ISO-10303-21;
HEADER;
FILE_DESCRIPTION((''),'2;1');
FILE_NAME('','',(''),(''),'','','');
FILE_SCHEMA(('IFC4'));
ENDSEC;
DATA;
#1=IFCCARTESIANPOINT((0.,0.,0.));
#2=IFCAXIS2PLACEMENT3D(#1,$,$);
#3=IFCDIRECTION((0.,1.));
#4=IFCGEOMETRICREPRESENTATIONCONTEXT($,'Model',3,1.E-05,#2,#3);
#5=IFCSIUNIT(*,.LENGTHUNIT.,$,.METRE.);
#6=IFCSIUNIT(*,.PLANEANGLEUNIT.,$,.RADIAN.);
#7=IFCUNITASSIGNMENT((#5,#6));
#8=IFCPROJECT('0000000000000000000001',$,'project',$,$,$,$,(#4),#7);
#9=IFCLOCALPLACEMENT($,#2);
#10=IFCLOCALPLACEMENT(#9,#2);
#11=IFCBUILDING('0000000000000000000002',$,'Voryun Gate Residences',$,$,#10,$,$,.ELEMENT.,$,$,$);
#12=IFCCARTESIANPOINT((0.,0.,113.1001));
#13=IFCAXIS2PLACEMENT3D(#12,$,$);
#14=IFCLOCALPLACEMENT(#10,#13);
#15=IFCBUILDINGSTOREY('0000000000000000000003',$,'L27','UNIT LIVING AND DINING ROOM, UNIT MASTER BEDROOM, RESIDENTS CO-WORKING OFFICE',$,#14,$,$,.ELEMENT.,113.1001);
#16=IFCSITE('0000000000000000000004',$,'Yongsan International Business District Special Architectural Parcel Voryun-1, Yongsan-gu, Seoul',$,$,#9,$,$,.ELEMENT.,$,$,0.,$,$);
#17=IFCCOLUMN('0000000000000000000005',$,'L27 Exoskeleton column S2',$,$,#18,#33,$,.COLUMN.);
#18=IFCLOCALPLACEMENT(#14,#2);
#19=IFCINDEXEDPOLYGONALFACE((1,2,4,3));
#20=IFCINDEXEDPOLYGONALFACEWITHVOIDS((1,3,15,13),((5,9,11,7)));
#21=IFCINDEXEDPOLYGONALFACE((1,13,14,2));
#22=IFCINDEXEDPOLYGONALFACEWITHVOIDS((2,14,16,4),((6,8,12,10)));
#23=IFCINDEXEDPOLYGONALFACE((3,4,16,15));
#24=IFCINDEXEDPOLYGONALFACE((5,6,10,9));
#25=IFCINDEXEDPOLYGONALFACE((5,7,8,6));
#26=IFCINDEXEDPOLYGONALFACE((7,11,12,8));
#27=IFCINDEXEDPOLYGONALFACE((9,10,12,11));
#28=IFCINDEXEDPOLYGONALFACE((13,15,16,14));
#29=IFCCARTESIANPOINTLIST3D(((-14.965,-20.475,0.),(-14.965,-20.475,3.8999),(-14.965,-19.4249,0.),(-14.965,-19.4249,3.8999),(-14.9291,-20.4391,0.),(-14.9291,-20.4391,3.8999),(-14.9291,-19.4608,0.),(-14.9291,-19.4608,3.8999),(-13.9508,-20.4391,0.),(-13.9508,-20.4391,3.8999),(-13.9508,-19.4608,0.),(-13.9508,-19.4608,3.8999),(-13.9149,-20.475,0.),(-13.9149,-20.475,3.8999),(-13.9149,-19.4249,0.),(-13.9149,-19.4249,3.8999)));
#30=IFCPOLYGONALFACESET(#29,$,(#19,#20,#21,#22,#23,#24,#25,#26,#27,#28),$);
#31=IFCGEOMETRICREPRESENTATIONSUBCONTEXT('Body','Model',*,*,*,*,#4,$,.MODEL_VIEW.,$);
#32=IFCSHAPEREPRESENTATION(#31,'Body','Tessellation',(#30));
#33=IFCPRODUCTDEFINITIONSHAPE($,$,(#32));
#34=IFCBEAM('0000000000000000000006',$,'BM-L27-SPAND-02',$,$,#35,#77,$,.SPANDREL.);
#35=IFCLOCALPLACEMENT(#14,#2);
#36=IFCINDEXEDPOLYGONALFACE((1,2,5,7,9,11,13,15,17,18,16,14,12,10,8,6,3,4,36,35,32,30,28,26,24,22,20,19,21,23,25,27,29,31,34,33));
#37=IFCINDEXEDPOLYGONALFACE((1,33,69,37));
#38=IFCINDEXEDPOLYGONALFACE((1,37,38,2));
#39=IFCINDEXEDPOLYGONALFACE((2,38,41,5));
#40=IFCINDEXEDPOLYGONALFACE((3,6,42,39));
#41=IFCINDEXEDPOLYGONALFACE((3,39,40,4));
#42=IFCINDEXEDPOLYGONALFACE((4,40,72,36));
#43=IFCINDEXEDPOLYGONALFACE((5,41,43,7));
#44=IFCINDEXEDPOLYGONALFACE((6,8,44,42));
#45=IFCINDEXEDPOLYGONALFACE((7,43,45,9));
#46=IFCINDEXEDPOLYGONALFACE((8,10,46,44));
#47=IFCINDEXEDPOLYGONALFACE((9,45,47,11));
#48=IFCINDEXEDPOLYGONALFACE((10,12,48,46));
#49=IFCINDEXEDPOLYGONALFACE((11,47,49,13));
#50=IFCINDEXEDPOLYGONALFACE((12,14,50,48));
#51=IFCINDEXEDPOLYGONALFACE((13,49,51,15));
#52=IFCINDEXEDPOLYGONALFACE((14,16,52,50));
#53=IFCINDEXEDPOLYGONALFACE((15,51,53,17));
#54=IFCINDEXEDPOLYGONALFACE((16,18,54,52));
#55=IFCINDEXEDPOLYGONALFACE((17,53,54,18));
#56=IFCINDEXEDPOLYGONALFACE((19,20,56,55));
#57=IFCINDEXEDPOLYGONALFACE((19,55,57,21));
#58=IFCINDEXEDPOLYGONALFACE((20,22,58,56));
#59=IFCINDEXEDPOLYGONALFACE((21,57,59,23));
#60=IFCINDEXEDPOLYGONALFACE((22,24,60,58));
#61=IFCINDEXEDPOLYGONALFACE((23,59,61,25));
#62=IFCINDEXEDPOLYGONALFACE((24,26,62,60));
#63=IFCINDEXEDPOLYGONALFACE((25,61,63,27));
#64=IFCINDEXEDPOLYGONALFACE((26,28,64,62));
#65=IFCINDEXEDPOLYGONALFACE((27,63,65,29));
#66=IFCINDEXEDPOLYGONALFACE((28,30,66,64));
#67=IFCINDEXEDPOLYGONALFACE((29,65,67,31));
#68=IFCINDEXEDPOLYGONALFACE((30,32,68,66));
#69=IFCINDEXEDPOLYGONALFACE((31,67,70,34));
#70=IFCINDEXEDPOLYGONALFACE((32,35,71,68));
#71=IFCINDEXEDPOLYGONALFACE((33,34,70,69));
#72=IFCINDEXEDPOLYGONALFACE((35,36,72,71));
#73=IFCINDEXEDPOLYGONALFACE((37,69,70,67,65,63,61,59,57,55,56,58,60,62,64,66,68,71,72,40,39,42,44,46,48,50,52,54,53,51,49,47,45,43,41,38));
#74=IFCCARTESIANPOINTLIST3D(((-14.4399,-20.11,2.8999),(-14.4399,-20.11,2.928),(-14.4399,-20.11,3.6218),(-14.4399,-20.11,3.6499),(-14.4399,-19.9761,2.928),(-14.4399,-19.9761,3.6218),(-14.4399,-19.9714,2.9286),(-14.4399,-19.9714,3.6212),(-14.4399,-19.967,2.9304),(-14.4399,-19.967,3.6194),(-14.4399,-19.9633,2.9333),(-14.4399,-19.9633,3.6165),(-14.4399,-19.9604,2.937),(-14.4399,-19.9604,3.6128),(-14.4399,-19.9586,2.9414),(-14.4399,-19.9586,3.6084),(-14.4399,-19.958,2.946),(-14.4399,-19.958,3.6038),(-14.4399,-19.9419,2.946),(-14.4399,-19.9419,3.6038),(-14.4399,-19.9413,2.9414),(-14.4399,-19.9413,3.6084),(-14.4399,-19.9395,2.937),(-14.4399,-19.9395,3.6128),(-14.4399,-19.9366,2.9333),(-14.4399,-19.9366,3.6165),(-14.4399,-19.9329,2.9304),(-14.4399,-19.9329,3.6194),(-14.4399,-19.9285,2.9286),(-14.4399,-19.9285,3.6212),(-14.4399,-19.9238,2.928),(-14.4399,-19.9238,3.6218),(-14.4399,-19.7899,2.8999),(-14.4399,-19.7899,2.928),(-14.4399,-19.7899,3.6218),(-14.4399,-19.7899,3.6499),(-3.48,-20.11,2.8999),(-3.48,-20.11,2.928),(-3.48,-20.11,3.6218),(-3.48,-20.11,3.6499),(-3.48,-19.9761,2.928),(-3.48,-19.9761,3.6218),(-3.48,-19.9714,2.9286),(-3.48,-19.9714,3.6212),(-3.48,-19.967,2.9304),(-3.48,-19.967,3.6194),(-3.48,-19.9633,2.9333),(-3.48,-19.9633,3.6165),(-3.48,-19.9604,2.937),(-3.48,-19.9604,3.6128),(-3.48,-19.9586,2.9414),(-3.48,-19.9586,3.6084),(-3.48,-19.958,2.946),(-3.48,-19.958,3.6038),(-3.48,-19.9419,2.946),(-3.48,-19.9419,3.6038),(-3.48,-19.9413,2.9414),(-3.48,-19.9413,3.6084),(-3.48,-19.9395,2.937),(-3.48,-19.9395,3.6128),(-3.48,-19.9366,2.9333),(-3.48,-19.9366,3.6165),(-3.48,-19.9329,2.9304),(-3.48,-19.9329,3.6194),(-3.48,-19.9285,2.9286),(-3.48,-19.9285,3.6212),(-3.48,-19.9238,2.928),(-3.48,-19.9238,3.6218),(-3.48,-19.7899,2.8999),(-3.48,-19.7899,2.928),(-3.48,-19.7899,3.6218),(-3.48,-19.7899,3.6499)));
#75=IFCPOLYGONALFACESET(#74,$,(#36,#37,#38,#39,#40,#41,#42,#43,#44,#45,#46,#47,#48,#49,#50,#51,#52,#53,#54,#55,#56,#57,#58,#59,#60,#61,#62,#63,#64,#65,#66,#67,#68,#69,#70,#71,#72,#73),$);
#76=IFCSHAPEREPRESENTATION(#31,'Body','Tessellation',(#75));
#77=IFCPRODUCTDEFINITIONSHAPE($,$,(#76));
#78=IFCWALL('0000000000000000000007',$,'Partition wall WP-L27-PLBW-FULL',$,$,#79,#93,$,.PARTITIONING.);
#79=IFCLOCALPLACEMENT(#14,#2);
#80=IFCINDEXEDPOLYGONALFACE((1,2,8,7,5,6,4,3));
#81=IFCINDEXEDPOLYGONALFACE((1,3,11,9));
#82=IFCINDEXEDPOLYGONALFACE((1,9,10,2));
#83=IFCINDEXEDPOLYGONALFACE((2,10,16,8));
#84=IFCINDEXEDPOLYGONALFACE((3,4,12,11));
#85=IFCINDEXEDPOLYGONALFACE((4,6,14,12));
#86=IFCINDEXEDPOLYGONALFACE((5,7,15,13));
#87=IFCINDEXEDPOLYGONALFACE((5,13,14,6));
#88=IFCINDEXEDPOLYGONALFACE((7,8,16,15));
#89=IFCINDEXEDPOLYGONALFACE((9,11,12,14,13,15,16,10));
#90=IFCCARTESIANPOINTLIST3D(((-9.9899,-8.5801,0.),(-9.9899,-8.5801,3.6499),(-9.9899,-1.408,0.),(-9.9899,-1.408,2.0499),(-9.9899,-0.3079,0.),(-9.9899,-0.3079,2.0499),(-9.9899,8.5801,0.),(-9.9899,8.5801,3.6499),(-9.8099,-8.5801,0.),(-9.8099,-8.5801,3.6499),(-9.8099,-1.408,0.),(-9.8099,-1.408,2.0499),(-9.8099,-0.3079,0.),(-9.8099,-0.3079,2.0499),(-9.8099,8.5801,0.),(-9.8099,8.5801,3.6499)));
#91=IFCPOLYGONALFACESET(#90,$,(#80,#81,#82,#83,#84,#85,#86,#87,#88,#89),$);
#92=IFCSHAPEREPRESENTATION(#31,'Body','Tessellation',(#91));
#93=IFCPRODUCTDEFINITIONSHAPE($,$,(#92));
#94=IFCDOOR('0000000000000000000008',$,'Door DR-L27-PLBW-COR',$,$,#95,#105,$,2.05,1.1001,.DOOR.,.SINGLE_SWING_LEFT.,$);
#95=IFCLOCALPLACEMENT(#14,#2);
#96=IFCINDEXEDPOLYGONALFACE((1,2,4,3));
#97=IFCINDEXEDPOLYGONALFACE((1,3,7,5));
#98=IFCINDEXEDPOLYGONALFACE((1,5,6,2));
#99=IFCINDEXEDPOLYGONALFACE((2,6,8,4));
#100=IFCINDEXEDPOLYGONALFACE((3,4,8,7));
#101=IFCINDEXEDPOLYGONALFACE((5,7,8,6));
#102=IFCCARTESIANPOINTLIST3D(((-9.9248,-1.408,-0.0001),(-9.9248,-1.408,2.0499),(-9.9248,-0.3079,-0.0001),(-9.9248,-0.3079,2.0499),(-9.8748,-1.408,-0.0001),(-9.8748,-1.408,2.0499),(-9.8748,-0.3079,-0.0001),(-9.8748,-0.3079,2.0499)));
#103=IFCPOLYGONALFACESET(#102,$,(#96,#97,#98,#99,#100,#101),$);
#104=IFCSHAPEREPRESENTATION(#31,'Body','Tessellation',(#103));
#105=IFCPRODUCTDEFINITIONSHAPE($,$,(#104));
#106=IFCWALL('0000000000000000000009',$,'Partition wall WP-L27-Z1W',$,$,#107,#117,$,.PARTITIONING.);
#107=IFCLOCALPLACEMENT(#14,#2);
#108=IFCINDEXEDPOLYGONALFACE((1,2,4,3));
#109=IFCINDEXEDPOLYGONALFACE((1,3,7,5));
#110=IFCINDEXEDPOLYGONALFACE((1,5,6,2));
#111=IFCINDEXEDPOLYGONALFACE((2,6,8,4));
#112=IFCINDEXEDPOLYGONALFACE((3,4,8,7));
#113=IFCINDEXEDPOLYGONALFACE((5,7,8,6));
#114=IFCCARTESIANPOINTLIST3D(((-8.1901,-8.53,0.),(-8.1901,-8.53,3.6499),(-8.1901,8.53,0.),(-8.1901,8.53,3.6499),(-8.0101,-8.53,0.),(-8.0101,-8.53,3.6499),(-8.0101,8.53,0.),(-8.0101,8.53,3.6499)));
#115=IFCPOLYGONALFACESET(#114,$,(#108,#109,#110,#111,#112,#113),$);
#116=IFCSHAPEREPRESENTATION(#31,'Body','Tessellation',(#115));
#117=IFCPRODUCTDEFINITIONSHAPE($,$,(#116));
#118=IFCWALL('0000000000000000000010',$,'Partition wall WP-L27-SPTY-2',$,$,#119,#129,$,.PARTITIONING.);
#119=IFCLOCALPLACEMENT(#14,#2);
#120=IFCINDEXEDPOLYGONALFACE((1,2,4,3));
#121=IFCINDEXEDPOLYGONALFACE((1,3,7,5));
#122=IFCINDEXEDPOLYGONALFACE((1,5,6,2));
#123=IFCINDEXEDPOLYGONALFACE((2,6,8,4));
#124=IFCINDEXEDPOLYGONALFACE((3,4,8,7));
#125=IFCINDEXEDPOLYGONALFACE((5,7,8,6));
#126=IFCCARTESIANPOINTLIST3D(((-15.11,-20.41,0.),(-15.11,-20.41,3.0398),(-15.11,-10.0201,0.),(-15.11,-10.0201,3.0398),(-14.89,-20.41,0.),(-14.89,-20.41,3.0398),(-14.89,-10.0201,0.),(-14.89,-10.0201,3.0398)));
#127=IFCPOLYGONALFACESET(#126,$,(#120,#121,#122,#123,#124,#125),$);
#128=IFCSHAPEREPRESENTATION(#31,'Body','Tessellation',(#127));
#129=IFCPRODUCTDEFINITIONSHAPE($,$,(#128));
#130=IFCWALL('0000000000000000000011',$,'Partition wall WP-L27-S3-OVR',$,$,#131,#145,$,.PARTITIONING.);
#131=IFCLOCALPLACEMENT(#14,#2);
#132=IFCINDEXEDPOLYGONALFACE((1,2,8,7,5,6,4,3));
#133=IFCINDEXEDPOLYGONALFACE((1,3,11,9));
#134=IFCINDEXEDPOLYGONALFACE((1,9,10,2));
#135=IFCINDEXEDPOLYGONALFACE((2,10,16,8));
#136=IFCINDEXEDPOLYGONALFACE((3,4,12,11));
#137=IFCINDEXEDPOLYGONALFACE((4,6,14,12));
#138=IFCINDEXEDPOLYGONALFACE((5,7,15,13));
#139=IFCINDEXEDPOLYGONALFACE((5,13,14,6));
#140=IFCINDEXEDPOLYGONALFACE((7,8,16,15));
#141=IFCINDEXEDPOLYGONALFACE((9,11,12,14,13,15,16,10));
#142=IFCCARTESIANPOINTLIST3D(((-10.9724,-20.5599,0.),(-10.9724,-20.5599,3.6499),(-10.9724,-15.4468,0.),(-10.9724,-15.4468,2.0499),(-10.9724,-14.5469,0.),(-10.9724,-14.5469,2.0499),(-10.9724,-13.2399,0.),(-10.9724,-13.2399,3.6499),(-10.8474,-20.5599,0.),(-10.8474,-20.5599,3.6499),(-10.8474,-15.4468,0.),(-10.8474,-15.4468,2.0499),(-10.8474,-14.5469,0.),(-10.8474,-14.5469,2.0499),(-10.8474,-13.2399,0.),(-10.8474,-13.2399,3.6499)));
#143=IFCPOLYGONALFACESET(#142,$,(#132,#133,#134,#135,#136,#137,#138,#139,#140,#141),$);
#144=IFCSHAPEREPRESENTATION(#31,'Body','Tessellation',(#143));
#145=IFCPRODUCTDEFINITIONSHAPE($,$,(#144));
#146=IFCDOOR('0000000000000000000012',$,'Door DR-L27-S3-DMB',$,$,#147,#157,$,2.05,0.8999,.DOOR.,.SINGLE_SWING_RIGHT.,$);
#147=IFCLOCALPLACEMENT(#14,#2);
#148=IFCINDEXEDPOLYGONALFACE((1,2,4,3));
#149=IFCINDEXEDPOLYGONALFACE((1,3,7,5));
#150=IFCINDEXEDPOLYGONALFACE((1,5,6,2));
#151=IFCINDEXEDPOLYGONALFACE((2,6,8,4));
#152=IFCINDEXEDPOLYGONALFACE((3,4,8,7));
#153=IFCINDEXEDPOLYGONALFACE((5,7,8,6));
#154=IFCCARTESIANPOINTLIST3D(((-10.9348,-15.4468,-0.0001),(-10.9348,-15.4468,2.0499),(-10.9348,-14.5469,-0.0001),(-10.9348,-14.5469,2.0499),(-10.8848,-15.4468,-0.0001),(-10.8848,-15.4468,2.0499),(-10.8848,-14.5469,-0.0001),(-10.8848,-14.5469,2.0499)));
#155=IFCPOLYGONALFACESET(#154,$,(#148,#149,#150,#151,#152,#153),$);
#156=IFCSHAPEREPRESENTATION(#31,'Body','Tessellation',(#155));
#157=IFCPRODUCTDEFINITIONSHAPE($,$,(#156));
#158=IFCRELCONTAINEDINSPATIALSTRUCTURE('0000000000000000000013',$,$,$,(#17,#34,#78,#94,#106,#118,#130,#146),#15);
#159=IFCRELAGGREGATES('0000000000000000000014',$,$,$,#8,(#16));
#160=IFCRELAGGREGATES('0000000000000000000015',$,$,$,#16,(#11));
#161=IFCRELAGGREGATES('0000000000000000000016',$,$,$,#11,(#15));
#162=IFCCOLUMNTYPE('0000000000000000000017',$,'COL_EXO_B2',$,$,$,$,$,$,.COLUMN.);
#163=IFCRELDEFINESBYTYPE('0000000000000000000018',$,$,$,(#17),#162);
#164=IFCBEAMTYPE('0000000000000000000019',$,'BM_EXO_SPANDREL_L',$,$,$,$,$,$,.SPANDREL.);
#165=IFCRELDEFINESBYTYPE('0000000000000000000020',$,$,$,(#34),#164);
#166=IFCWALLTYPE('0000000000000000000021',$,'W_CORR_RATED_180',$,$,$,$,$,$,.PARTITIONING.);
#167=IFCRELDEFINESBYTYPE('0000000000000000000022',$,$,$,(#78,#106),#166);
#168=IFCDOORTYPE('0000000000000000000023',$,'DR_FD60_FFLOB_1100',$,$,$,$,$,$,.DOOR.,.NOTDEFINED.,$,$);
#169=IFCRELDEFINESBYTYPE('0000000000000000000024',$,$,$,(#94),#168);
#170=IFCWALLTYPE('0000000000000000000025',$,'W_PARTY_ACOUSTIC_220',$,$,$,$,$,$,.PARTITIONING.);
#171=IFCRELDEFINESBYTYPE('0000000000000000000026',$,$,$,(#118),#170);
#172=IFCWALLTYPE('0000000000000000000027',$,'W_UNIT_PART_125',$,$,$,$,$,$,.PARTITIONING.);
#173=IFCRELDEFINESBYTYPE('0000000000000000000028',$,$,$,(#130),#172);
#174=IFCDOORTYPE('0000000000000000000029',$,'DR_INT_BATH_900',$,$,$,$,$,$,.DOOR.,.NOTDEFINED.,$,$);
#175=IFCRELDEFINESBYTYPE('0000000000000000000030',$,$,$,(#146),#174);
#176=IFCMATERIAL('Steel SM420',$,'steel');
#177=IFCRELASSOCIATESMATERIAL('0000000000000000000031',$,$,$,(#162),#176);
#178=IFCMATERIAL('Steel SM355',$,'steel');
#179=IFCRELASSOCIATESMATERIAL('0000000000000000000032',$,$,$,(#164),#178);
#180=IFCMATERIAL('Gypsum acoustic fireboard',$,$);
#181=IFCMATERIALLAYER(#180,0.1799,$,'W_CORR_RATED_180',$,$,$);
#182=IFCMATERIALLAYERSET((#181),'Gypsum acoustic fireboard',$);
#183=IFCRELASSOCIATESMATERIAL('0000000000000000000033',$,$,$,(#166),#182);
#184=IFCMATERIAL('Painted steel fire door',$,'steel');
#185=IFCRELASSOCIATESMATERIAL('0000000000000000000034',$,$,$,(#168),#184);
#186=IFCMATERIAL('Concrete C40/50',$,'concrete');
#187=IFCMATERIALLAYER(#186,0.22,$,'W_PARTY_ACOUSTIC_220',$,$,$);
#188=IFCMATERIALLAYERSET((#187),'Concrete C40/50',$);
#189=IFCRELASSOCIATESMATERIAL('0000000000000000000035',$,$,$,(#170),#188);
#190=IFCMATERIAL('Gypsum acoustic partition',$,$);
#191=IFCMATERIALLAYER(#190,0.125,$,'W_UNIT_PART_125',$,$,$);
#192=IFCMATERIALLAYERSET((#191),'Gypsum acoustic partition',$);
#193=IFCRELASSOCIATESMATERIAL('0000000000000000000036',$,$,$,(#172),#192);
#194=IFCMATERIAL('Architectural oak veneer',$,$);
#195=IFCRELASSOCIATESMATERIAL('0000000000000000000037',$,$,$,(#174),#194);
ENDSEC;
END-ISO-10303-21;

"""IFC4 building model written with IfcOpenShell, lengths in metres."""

from ifc_helpers import new_model, si_unit, direction, frame, frame_2d, origin, origin_2d, place, context, subcontext, project, spatial, rectangle, hollow_rectangle, i_section, extrude, material, layer, layer_set, material_profile, profile_set, type_object, element, fill, save


model = new_model("IFC4")

# Units and contexts
model_context = context("Model", 3, precision=1e-05, world=origin(), true_north=direction((0.0, 1.0)))
body_context = subcontext(model_context, "Body", "Model", "MODEL_VIEW")
ifc_project = project(units=[si_unit("LENGTHUNIT", "METRE"), si_unit("PLANEANGLEUNIT", "RADIAN")], contexts=[model_context])

# Site, building, storey
site_placement = place(None, origin())
site = spatial("IfcSite", under=ifc_project, at=site_placement, Name="Yongsan International Business District Special Architectural Parcel Voryun-1, Yongsan-gu, Seoul", CompositionType="ELEMENT", RefElevation=0.0)
building_placement = place(site_placement, origin())
building = spatial("IfcBuilding", under=site, at=building_placement, Name="Voryun Gate Residences", CompositionType="ELEMENT")
storey_placement = place(building_placement, frame((0.0, 0.0, 113.1001)))
storey = spatial("IfcBuildingStorey", under=building, at=storey_placement, Name="L27", Description="UNIT LIVING AND DINING ROOM, UNIT MASTER BEDROOM, RESIDENTS CO-WORKING OFFICE", CompositionType="ELEMENT", Elevation=113.1001)

# Column
ifc_material_1 = material(Name="Steel SM420", Category="steel")
ifc_material_profile_1 = material_profile(ifc_material_1, hollow_rectangle(XDim=1.05, YDim=1.05, WallThickness=0.0359, at=origin_2d()), Name="BOX-1050x1050x36")
ifc_profile_set_1 = profile_set([ifc_material_profile_1], Name="Steel SM420")
column_type = type_object("IfcColumnType", Name="COL_EXO_B2", PredefinedType="COLUMN", material=ifc_profile_set_1)
column_placement = place(storey_placement, frame((-14.4399, -19.95, 0.0), z_axis=(0.0, 0.0, 1.0), x_axis=(1.0, 0.0, 0.0)))
element("IfcColumn", 1, at=column_placement, inside=storey, type_object=column_type, Name="L27 Exoskeleton column S2", PredefinedType="COLUMN", context=body_context, shape_type="SweptSolid", body=[
    extrude(hollow_rectangle(XDim=1.05, YDim=1.05, WallThickness=0.0359, at=origin_2d()), origin(), (0.0, 0.0, 1.0), 3.8999),
])

# Beam
ifc_material_2 = material(Name="Steel SM355", Category="steel")
ifc_material_profile_2 = material_profile(ifc_material_2, i_section(OverallWidth=0.3201, OverallDepth=0.75, WebThickness=0.0161, FlangeThickness=0.0281, FilletRadius=0.0181, at=origin_2d()), Name="H-750x320x16x28")
ifc_profile_set_2 = profile_set([ifc_material_profile_2], Name="Steel SM355")
beam_type = type_object("IfcBeamType", Name="BM_EXO_SPANDREL_L", PredefinedType="SPANDREL", material=ifc_profile_set_2)
beam_placement = place(storey_placement, frame((-14.4399, -19.95, 3.2749), z_axis=(1.0, 0.0, 0.0), x_axis=(0.0, 1.0, 0.0)))
element("IfcBeam", 2, at=beam_placement, inside=storey, type_object=beam_type, Name="BM-L27-SPAND-02", PredefinedType="SPANDREL", context=body_context, shape_type="SweptSolid", body=[
    extrude(i_section(OverallWidth=0.3201, OverallDepth=0.75, WebThickness=0.0161, FlangeThickness=0.0281, FilletRadius=0.0181, at=origin_2d()), origin(), (0.0, 0.0, 1.0), 10.96),
])

# Wall, opening, door
ifc_material_3 = material(Name="Gypsum acoustic fireboard")
ifc_layer_1 = layer(ifc_material_3, 0.1799, Name="W_CORR_RATED_180")
ifc_layer_set_1 = layer_set([ifc_layer_1], Name="Gypsum acoustic fireboard")
wall_type_1 = type_object("IfcWallType", Name="W_CORR_RATED_180", PredefinedType="PARTITIONING", material=ifc_layer_set_1)
wall_1_placement = place(storey_placement, frame((-9.8999, -8.5801, 0.0), z_axis=(0.0, 0.0, 1.0), x_axis=(0.0, 1.0, 0.0)))
wall_1 = element("IfcWall", 3, at=wall_1_placement, inside=storey, type_object=wall_type_1, Name="Partition wall WP-L27-PLBW-FULL", PredefinedType="PARTITIONING", context=body_context, shape_type="SweptSolid", body=[
    extrude(rectangle(XDim=17.1602, YDim=0.1799, at=frame_2d((8.5801, 0.0))), origin(), (0.0, 0.0, 1.0), 3.6499),
])
opening_1_placement = place(wall_1_placement, frame((7.1721, 0.0, 0.0)))
opening_1 = element("IfcOpeningElement", 4, at=opening_1_placement, cuts=wall_1, PredefinedType="OPENING", context=body_context, shape_type="SweptSolid", body=[
    extrude(rectangle(XDim=1.1001, YDim=2.05, at=frame_2d((0.55, 1.0249))), frame((0.0, 0.0999, 0.0), z_axis=(0.0, -1.0, 0.0), x_axis=(1.0, 0.0, 0.0)), (0.0, 0.0, 1.0), 0.2),
])
ifc_material_4 = material(Name="Painted steel fire door", Category="steel")
door_type_1 = type_object("IfcDoorType", Name="DR_FD60_FFLOB_1100", OperationType="NOTDEFINED", PredefinedType="DOOR", material=ifc_material_4)
door_1_placement = place(opening_1_placement, origin())
door_1 = element("IfcDoor", 5, at=door_1_placement, inside=storey, type_object=door_type_1, Name="Door DR-L27-PLBW-COR", OperationType="SINGLE_SWING_LEFT", OverallHeight=2.05, OverallWidth=1.1001, PredefinedType="DOOR", context=body_context, shape_type="SweptSolid", body=[
    extrude(rectangle(XDim=1.1001, YDim=2.05, at=frame_2d((0.55, 1.0249))), frame((0.0, 0.0249, 0.0), z_axis=(0.0, -1.0, 0.0), x_axis=(1.0, 0.0, 0.0)), (0.0, 0.0, 1.0), 0.05),
])
fill(opening_1, door_1)

# Walls
wall_2_placement = place(storey_placement, frame((-8.1001, -8.53, 0.0), z_axis=(0.0, 0.0, 1.0), x_axis=(0.0, 1.0, 0.0)))
element("IfcWall", 6, at=wall_2_placement, inside=storey, type_object=wall_type_1, Name="Partition wall WP-L27-Z1W", PredefinedType="PARTITIONING", context=body_context, shape_type="SweptSolid", body=[
    extrude(rectangle(XDim=17.0601, YDim=0.1799, at=frame_2d((8.53, 0.0))), origin(), (0.0, 0.0, 1.0), 3.6499),
])
ifc_material_5 = material(Name="Concrete C40/50", Category="concrete")
ifc_layer_2 = layer(ifc_material_5, 0.22, Name="W_PARTY_ACOUSTIC_220")
ifc_layer_set_2 = layer_set([ifc_layer_2], Name="Concrete C40/50")
wall_type_2 = type_object("IfcWallType", Name="W_PARTY_ACOUSTIC_220", PredefinedType="PARTITIONING", material=ifc_layer_set_2)
wall_3_placement = place(storey_placement, frame((-15.0, -20.4099, 0.0), z_axis=(0.0, 0.0, 1.0), x_axis=(0.0, 1.0, 0.0)))
element("IfcWall", 7, at=wall_3_placement, inside=storey, type_object=wall_type_2, Name="Partition wall WP-L27-SPTY-2", PredefinedType="PARTITIONING", context=body_context, shape_type="SweptSolid", body=[
    extrude(rectangle(XDim=10.3899, YDim=0.22, at=frame_2d((5.1948, 0.0))), origin(), (0.0, 0.0, 1.0), 3.0398),
])

# Wall, opening, door
ifc_material_6 = material(Name="Gypsum acoustic partition")
ifc_layer_3 = layer(ifc_material_6, 0.125, Name="W_UNIT_PART_125")
ifc_layer_set_3 = layer_set([ifc_layer_3], Name="Gypsum acoustic partition")
wall_type_3 = type_object("IfcWallType", Name="W_UNIT_PART_125", PredefinedType="PARTITIONING", material=ifc_layer_set_3)
wall_4_placement = place(storey_placement, frame((-10.9099, -20.5601, 0.0), z_axis=(0.0, 0.0, 1.0), x_axis=(0.0, 1.0, 0.0)))
wall_4 = element("IfcWall", 8, at=wall_4_placement, inside=storey, type_object=wall_type_3, Name="Partition wall WP-L27-S3-OVR", PredefinedType="PARTITIONING", context=body_context, shape_type="SweptSolid", body=[
    extrude(rectangle(XDim=7.3201, YDim=0.125, at=frame_2d((3.6602, 0.0))), origin(), (0.0, 0.0, 1.0), 3.6499),
])
opening_2_placement = place(wall_4_placement, frame((5.1133, 0.0, 0.0)))
opening_2 = element("IfcOpeningElement", 9, at=opening_2_placement, cuts=wall_4, PredefinedType="OPENING", context=body_context, shape_type="SweptSolid", body=[
    extrude(rectangle(XDim=0.8999, YDim=2.05, at=frame_2d((0.45, 1.0249))), frame((0.0, 0.0725, 0.0), z_axis=(0.0, -1.0, 0.0), x_axis=(1.0, 0.0, 0.0)), (0.0, 0.0, 1.0), 0.145),
])
ifc_material_7 = material(Name="Architectural oak veneer")
door_type_2 = type_object("IfcDoorType", Name="DR_INT_BATH_900", OperationType="NOTDEFINED", PredefinedType="DOOR", material=ifc_material_7)
door_2_placement = place(opening_2_placement, origin())
door_2 = element("IfcDoor", 10, at=door_2_placement, inside=storey, type_object=door_type_2, Name="Door DR-L27-S3-DMB", OperationType="SINGLE_SWING_RIGHT", OverallHeight=2.05, OverallWidth=0.8999, PredefinedType="DOOR", context=body_context, shape_type="SweptSolid", body=[
    extrude(rectangle(XDim=0.8999, YDim=2.05, at=frame_2d((0.45, 1.0249))), frame((0.0, 0.0249, 0.0), z_axis=(0.0, -1.0, 0.0), x_axis=(1.0, 0.0, 0.0)), (0.0, 0.0, 1.0), 0.05),
])
fill(opening_2, door_2)

save(model, "model.ifc")
